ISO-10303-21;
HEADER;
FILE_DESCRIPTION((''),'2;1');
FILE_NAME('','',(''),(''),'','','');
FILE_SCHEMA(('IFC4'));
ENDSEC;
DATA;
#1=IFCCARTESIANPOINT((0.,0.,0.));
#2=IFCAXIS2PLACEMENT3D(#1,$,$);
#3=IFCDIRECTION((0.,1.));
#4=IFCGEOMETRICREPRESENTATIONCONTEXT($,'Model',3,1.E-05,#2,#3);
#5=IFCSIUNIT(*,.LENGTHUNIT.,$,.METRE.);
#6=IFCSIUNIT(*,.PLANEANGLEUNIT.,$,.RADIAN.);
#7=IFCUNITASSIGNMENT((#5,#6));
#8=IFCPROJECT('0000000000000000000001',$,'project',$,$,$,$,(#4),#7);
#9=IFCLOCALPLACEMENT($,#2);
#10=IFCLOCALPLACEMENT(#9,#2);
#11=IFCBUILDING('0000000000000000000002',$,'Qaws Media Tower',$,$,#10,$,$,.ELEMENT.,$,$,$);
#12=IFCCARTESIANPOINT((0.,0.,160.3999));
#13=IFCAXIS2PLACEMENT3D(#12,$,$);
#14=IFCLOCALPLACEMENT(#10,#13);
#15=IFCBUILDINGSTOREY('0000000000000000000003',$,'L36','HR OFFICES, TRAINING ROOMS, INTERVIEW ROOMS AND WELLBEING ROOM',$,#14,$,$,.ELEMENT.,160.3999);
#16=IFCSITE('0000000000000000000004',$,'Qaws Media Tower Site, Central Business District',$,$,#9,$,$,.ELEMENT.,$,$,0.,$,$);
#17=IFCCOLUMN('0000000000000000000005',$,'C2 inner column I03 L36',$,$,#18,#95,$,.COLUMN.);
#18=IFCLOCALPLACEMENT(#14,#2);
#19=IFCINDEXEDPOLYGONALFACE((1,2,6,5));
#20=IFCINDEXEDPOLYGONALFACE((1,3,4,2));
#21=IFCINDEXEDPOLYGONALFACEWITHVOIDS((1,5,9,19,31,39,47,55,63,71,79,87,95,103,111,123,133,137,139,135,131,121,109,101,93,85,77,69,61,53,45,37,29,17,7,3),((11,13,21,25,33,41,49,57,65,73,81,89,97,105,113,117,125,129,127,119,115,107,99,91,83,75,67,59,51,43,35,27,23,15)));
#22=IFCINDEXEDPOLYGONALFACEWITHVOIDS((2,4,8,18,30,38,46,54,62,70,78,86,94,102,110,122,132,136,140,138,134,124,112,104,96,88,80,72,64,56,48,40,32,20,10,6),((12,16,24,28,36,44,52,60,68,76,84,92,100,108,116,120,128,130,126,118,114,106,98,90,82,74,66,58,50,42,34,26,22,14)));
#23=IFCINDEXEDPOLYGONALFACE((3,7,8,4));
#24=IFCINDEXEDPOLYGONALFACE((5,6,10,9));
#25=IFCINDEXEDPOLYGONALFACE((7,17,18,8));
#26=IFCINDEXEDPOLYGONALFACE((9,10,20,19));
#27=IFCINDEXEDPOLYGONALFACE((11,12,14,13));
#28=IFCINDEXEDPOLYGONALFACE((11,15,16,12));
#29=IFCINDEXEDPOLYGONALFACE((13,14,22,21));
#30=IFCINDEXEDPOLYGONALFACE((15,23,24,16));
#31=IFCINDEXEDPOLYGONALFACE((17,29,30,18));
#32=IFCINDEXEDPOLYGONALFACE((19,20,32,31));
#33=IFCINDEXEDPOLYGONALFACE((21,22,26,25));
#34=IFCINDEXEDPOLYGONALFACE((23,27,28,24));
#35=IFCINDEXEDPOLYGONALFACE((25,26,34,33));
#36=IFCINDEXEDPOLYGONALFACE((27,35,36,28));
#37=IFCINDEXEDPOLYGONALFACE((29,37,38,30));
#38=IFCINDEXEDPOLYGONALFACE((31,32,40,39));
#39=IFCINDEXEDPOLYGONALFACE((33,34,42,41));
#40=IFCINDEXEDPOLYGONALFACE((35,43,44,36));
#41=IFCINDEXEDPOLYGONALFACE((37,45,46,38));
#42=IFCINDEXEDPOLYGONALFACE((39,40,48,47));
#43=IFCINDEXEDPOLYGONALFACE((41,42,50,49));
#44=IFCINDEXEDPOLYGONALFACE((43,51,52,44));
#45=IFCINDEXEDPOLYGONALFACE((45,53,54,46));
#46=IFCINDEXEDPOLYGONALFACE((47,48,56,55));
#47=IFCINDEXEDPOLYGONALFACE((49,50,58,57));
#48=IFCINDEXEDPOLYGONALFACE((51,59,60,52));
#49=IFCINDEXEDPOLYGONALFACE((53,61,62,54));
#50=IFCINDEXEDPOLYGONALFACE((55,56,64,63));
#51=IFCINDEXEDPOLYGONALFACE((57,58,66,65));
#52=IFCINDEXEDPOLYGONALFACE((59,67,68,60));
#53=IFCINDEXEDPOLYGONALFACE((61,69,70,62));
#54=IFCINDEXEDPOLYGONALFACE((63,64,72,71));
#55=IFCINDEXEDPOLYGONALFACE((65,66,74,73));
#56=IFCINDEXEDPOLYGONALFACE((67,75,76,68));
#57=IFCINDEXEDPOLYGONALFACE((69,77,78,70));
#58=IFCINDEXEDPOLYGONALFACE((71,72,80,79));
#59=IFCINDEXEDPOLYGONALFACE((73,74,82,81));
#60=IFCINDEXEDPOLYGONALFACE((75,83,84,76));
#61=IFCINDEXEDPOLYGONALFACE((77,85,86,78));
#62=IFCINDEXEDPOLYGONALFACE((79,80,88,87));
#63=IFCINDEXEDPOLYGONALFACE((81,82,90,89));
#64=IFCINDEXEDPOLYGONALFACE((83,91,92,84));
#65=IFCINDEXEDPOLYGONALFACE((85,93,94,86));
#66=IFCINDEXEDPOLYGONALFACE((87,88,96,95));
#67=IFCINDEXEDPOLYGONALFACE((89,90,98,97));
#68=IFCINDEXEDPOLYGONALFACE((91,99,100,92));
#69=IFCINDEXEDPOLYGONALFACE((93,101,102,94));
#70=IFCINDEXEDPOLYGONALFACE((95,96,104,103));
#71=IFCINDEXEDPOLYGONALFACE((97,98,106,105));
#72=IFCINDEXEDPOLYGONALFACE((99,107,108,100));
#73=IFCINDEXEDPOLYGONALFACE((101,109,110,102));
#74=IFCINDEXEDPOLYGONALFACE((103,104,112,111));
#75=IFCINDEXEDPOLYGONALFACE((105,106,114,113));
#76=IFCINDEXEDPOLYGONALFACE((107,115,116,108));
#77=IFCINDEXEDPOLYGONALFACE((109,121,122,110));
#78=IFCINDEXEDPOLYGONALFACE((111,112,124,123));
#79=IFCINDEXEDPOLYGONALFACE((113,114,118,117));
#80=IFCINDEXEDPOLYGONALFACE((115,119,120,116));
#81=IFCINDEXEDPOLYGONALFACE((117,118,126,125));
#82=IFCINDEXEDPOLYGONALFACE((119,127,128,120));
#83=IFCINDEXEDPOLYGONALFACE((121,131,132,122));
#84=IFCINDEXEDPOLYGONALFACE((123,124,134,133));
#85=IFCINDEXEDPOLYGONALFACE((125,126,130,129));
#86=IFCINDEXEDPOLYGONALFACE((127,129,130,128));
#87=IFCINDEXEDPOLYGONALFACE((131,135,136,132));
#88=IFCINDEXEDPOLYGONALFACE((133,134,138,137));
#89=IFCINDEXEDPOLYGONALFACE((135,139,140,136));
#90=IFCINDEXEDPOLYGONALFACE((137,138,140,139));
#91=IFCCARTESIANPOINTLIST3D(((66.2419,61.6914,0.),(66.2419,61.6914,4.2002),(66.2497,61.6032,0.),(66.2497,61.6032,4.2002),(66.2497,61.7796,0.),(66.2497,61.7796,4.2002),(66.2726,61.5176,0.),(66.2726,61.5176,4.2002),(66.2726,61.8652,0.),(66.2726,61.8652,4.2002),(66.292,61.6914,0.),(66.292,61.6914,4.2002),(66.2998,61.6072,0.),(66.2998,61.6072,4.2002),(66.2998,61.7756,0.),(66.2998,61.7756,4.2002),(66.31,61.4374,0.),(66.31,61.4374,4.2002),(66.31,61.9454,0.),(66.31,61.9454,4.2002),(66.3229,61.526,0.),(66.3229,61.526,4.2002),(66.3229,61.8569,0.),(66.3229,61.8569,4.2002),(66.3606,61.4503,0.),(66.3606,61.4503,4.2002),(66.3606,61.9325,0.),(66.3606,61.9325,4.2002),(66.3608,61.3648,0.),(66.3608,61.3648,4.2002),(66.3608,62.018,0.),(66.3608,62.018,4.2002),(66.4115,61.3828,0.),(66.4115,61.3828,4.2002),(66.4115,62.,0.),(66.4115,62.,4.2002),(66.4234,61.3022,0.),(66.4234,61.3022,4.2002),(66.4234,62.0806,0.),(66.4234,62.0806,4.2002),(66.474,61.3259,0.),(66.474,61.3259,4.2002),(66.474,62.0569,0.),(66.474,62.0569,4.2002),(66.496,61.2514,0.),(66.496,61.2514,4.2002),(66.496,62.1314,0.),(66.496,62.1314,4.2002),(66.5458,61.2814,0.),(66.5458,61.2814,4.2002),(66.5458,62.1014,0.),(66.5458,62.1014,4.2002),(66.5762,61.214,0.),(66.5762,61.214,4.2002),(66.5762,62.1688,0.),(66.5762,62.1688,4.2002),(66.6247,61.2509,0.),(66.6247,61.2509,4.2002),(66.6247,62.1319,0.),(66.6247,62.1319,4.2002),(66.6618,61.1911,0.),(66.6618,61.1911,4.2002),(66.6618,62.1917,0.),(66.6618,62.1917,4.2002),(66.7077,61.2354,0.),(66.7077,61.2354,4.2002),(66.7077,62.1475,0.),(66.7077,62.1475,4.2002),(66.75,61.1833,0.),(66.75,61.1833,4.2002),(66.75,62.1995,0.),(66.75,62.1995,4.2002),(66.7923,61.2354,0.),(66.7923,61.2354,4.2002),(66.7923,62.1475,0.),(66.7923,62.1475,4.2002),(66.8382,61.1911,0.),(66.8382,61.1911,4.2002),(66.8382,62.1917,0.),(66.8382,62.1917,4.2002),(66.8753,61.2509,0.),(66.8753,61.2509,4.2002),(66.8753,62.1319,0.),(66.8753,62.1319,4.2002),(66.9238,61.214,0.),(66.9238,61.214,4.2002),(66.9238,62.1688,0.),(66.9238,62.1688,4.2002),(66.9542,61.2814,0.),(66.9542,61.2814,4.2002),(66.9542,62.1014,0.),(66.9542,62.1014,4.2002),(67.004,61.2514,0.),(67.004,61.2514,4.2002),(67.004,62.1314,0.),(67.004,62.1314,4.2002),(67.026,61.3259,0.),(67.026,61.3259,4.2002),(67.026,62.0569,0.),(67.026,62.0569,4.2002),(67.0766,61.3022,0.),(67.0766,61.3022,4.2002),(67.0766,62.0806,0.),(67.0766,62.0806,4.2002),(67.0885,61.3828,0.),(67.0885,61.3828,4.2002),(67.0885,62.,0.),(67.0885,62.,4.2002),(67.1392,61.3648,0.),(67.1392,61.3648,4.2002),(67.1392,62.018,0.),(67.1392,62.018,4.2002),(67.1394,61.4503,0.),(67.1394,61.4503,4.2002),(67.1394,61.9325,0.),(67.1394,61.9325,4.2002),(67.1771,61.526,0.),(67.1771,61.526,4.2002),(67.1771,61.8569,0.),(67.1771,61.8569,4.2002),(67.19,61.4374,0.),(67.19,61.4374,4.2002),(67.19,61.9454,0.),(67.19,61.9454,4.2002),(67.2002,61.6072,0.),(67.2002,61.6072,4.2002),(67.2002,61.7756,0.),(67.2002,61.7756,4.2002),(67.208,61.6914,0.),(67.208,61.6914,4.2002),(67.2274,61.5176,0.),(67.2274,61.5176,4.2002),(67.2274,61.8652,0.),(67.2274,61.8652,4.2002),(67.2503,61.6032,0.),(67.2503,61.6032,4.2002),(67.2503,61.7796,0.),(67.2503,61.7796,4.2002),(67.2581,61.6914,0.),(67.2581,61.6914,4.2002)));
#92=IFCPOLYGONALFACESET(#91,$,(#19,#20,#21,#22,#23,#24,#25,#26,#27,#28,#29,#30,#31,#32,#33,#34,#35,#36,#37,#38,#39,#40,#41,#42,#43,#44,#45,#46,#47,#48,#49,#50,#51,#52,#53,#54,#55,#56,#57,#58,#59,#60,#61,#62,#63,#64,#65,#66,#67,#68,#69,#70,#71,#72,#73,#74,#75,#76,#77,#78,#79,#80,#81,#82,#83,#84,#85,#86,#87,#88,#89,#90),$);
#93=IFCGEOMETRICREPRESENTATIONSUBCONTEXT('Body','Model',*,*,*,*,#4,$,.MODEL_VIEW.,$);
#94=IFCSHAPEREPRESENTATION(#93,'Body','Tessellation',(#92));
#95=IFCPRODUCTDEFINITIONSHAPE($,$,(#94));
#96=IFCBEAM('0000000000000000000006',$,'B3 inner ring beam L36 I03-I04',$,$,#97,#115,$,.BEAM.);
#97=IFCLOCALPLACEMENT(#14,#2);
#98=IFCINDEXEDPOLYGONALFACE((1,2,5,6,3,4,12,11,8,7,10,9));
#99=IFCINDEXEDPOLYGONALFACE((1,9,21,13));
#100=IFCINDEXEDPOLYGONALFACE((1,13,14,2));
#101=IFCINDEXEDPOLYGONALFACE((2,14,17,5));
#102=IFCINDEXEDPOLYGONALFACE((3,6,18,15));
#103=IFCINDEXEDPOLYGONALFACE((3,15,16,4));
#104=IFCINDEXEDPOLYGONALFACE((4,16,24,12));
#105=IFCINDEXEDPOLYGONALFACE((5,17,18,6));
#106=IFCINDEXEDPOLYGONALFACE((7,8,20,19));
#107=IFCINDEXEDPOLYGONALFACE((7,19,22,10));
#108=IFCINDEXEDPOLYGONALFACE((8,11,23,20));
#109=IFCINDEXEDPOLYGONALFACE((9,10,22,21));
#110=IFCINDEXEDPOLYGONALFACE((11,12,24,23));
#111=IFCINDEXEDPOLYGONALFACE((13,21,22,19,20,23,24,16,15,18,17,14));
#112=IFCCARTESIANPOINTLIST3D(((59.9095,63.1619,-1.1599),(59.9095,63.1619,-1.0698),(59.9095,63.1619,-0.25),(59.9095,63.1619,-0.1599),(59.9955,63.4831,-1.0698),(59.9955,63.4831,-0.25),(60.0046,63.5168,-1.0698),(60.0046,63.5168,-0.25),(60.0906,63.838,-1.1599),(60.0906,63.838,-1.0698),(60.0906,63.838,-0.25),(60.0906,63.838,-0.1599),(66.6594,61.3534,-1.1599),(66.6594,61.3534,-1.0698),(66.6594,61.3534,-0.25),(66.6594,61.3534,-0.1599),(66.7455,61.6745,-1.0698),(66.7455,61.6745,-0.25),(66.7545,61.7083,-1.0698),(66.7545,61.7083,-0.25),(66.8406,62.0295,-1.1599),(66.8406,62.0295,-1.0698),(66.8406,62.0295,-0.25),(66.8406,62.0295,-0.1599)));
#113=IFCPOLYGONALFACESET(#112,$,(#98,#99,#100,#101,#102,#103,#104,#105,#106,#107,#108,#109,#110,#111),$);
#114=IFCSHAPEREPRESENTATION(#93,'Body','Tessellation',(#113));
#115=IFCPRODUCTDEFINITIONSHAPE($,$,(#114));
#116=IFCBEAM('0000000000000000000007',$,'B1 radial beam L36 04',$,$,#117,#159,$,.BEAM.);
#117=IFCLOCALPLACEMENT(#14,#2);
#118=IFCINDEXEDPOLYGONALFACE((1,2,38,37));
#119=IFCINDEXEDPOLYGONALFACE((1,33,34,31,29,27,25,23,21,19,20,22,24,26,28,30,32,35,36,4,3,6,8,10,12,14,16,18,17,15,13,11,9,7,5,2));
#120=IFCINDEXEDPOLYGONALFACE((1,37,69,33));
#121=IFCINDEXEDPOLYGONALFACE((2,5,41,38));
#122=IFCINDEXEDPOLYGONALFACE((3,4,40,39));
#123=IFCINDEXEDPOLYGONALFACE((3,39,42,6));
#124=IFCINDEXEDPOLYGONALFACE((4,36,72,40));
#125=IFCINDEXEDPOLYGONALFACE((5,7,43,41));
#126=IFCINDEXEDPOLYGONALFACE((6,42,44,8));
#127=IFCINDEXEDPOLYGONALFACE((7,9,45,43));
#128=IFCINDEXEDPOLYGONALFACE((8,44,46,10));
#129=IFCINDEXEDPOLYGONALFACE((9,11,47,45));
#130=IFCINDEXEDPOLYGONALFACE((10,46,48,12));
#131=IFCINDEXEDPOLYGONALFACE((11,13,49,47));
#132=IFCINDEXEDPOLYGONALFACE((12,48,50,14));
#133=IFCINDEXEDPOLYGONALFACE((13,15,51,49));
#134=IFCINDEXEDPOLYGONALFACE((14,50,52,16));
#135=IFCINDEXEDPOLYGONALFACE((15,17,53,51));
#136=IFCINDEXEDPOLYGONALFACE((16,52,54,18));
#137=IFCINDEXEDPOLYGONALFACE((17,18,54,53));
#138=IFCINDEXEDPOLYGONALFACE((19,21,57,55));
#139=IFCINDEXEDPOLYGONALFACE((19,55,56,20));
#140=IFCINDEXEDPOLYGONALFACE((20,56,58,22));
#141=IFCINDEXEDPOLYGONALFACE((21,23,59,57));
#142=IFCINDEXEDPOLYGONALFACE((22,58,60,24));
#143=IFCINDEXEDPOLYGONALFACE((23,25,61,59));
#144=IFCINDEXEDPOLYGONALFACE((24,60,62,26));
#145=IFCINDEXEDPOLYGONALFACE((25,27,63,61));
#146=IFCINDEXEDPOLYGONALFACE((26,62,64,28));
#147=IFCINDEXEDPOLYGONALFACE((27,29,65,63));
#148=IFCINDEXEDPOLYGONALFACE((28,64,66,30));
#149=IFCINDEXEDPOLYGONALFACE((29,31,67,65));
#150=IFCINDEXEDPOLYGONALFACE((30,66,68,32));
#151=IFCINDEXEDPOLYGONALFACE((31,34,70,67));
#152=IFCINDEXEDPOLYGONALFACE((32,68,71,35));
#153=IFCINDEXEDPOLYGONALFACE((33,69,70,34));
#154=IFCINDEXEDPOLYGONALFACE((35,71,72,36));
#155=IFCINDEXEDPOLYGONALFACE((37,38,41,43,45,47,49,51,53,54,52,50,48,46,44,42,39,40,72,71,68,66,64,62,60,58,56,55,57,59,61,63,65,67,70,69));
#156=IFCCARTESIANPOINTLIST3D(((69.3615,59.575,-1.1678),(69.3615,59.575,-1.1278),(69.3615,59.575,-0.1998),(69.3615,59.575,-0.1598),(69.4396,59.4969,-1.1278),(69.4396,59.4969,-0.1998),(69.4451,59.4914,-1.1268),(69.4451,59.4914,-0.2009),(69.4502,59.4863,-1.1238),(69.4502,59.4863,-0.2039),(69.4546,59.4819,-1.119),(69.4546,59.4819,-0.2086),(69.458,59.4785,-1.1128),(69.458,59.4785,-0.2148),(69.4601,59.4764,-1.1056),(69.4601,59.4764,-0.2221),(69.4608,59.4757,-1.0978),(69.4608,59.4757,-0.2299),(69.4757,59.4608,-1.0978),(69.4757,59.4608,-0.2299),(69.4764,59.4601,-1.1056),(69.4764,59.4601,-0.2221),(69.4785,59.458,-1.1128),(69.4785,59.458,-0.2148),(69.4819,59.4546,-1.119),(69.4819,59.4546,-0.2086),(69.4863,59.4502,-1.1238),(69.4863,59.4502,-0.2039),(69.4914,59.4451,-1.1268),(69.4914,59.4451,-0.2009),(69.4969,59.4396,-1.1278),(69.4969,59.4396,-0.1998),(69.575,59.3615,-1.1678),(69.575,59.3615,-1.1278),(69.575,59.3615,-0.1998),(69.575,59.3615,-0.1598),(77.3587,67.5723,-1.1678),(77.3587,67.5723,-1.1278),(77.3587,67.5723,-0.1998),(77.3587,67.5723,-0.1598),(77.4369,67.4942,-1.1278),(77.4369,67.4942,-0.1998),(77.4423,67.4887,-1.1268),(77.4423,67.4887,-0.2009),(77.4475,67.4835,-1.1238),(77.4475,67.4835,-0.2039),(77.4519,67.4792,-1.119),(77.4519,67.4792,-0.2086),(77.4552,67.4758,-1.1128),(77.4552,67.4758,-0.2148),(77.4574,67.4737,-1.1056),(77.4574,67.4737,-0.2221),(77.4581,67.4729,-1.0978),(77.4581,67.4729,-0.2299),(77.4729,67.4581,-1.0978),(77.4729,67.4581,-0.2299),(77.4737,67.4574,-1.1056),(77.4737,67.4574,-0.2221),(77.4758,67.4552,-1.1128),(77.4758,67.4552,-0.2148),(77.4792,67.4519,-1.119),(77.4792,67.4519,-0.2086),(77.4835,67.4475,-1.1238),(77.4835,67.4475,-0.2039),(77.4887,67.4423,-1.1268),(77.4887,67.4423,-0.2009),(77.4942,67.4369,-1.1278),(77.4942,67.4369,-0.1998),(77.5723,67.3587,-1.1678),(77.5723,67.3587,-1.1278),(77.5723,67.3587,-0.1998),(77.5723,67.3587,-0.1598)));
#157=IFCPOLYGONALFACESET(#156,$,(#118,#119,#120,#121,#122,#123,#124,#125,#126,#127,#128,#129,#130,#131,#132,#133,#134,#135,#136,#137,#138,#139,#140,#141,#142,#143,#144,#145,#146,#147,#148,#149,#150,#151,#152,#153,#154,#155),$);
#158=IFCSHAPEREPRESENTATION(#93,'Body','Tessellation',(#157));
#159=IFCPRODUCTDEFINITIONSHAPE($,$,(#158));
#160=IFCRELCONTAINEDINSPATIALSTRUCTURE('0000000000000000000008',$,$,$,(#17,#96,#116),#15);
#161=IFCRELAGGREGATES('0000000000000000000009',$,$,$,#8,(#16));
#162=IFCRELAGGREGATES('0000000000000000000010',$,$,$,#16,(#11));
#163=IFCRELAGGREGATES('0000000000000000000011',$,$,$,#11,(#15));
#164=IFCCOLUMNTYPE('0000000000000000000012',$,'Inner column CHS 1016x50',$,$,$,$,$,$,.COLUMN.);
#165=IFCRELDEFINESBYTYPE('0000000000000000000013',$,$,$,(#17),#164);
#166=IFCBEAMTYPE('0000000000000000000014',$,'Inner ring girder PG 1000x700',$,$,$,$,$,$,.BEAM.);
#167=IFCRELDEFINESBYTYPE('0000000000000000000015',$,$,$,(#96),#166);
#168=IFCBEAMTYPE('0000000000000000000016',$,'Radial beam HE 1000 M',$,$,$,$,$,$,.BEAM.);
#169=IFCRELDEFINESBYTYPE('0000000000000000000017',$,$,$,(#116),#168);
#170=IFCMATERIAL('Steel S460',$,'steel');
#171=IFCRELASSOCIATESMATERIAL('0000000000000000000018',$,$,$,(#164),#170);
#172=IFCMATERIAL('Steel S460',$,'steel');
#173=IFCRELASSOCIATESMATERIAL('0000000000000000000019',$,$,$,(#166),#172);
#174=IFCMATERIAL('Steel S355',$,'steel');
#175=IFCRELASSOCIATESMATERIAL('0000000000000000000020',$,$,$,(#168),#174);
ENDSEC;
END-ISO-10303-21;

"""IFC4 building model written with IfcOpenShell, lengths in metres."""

from ifc_helpers import new_model, si_unit, direction, frame, origin, origin_2d, place, context, subcontext, project, spatial, hollow_circle, i_section, extrude, material, material_profile, profile_set, type_object, element, save


model = new_model("IFC4")

# Units and contexts
model_context = context("Model", 3, precision=1e-05, world=origin(), true_north=direction((0.0, 1.0)))
body_context = subcontext(model_context, "Body", "Model", "MODEL_VIEW")
ifc_project = project(units=[si_unit("LENGTHUNIT", "METRE"), si_unit("PLANEANGLEUNIT", "RADIAN")], contexts=[model_context])

# Site, building, storey
site_placement = place(None, origin())
site = spatial("IfcSite", under=ifc_project, at=site_placement, Name="Qaws Media Tower Site, Central Business District", CompositionType="ELEMENT", RefElevation=0.0)
building_placement = place(site_placement, origin())
building = spatial("IfcBuilding", under=site, at=building_placement, Name="Qaws Media Tower", CompositionType="ELEMENT")
storey_placement = place(building_placement, frame((0.0, 0.0, 160.3999)))
storey = spatial("IfcBuildingStorey", under=building, at=storey_placement, Name="L36", Description="HR OFFICES, TRAINING ROOMS, INTERVIEW ROOMS AND WELLBEING ROOM", CompositionType="ELEMENT", Elevation=160.3999)

# Column
ifc_material_1 = material(Name="Steel S460", Category="steel")
ifc_material_profile_1 = material_profile(ifc_material_1, hollow_circle(Radius=0.5081, WallThickness=0.05, at=origin_2d()), Name="CHS 1016x50")
ifc_profile_set_1 = profile_set([ifc_material_profile_1], Name="Steel S460")
column_type = type_object("IfcColumnType", Name="Inner column CHS 1016x50", PredefinedType="COLUMN", material=ifc_profile_set_1)
column_placement = place(storey_placement, frame((66.75, 61.6914, 0.0), z_axis=(0.0, 0.0, 1.0), x_axis=(1.0, 0.0, 0.0)))
element("IfcColumn", 1, at=column_placement, inside=storey, type_object=column_type, Name="C2 inner column I03 L36", PredefinedType="COLUMN", context=body_context, shape_type="SweptSolid", body=[
    extrude(hollow_circle(Radius=0.5081, WallThickness=0.05, at=origin_2d()), origin(), (0.0, 0.0, 1.0), 4.2002),
])

# Beams
ifc_material_2 = material(Name="Steel S460", Category="steel")
ifc_material_profile_2 = material_profile(ifc_material_2, i_section(OverallWidth=0.7, OverallDepth=1.0, WebThickness=0.0349, FlangeThickness=0.0901, at=origin_2d()), Name="PG 1000x700")
ifc_profile_set_2 = profile_set([ifc_material_profile_2], Name="Steel S460")
beam_type_1 = type_object("IfcBeamType", Name="Inner ring girder PG 1000x700", PredefinedType="BEAM", material=ifc_profile_set_2)
beam_1_placement = place(storey_placement, frame((66.75, 61.6914, -0.6599), z_axis=(-0.965928, 0.258811, 0.0), x_axis=(-0.258811, -0.965928, 0.0)))
element("IfcBeam", 2, at=beam_1_placement, inside=storey, type_object=beam_type_1, Name="B3 inner ring beam L36 I03-I04", PredefinedType="BEAM", context=body_context, shape_type="SweptSolid", body=[
    extrude(i_section(OverallWidth=0.7, OverallDepth=1.0, WebThickness=0.0349, FlangeThickness=0.0901, at=origin_2d()), origin(), (0.0, 0.0, 1.0), 6.988),
])
ifc_material_3 = material(Name="Steel S355", Category="steel")
ifc_material_profile_3 = material_profile(ifc_material_3, i_section(OverallWidth=0.302, OverallDepth=1.0081, WebThickness=0.021, FlangeThickness=0.04, FilletRadius=0.03, at=origin_2d()), Name="HE 1000 M")
ifc_profile_set_3 = profile_set([ifc_material_profile_3], Name="Steel S355")
beam_type_2 = type_object("IfcBeamType", Name="Radial beam HE 1000 M", PredefinedType="BEAM", material=ifc_profile_set_3)
beam_2_placement = place(storey_placement, frame((69.4683, 59.4683, -0.6638), z_axis=(0.707107, 0.707107, 0.0), x_axis=(-0.707107, 0.707107, 0.0)))
element("IfcBeam", 3, at=beam_2_placement, inside=storey, type_object=beam_type_2, Name="B1 radial beam L36 04", PredefinedType="BEAM", context=body_context, shape_type="SweptSolid", body=[
    extrude(i_section(OverallWidth=0.302, OverallDepth=1.0081, WebThickness=0.021, FlangeThickness=0.04, FilletRadius=0.03, at=origin_2d()), origin(), (0.0, 0.0, 1.0), 11.3098),
])

save(model, "model.ifc")
